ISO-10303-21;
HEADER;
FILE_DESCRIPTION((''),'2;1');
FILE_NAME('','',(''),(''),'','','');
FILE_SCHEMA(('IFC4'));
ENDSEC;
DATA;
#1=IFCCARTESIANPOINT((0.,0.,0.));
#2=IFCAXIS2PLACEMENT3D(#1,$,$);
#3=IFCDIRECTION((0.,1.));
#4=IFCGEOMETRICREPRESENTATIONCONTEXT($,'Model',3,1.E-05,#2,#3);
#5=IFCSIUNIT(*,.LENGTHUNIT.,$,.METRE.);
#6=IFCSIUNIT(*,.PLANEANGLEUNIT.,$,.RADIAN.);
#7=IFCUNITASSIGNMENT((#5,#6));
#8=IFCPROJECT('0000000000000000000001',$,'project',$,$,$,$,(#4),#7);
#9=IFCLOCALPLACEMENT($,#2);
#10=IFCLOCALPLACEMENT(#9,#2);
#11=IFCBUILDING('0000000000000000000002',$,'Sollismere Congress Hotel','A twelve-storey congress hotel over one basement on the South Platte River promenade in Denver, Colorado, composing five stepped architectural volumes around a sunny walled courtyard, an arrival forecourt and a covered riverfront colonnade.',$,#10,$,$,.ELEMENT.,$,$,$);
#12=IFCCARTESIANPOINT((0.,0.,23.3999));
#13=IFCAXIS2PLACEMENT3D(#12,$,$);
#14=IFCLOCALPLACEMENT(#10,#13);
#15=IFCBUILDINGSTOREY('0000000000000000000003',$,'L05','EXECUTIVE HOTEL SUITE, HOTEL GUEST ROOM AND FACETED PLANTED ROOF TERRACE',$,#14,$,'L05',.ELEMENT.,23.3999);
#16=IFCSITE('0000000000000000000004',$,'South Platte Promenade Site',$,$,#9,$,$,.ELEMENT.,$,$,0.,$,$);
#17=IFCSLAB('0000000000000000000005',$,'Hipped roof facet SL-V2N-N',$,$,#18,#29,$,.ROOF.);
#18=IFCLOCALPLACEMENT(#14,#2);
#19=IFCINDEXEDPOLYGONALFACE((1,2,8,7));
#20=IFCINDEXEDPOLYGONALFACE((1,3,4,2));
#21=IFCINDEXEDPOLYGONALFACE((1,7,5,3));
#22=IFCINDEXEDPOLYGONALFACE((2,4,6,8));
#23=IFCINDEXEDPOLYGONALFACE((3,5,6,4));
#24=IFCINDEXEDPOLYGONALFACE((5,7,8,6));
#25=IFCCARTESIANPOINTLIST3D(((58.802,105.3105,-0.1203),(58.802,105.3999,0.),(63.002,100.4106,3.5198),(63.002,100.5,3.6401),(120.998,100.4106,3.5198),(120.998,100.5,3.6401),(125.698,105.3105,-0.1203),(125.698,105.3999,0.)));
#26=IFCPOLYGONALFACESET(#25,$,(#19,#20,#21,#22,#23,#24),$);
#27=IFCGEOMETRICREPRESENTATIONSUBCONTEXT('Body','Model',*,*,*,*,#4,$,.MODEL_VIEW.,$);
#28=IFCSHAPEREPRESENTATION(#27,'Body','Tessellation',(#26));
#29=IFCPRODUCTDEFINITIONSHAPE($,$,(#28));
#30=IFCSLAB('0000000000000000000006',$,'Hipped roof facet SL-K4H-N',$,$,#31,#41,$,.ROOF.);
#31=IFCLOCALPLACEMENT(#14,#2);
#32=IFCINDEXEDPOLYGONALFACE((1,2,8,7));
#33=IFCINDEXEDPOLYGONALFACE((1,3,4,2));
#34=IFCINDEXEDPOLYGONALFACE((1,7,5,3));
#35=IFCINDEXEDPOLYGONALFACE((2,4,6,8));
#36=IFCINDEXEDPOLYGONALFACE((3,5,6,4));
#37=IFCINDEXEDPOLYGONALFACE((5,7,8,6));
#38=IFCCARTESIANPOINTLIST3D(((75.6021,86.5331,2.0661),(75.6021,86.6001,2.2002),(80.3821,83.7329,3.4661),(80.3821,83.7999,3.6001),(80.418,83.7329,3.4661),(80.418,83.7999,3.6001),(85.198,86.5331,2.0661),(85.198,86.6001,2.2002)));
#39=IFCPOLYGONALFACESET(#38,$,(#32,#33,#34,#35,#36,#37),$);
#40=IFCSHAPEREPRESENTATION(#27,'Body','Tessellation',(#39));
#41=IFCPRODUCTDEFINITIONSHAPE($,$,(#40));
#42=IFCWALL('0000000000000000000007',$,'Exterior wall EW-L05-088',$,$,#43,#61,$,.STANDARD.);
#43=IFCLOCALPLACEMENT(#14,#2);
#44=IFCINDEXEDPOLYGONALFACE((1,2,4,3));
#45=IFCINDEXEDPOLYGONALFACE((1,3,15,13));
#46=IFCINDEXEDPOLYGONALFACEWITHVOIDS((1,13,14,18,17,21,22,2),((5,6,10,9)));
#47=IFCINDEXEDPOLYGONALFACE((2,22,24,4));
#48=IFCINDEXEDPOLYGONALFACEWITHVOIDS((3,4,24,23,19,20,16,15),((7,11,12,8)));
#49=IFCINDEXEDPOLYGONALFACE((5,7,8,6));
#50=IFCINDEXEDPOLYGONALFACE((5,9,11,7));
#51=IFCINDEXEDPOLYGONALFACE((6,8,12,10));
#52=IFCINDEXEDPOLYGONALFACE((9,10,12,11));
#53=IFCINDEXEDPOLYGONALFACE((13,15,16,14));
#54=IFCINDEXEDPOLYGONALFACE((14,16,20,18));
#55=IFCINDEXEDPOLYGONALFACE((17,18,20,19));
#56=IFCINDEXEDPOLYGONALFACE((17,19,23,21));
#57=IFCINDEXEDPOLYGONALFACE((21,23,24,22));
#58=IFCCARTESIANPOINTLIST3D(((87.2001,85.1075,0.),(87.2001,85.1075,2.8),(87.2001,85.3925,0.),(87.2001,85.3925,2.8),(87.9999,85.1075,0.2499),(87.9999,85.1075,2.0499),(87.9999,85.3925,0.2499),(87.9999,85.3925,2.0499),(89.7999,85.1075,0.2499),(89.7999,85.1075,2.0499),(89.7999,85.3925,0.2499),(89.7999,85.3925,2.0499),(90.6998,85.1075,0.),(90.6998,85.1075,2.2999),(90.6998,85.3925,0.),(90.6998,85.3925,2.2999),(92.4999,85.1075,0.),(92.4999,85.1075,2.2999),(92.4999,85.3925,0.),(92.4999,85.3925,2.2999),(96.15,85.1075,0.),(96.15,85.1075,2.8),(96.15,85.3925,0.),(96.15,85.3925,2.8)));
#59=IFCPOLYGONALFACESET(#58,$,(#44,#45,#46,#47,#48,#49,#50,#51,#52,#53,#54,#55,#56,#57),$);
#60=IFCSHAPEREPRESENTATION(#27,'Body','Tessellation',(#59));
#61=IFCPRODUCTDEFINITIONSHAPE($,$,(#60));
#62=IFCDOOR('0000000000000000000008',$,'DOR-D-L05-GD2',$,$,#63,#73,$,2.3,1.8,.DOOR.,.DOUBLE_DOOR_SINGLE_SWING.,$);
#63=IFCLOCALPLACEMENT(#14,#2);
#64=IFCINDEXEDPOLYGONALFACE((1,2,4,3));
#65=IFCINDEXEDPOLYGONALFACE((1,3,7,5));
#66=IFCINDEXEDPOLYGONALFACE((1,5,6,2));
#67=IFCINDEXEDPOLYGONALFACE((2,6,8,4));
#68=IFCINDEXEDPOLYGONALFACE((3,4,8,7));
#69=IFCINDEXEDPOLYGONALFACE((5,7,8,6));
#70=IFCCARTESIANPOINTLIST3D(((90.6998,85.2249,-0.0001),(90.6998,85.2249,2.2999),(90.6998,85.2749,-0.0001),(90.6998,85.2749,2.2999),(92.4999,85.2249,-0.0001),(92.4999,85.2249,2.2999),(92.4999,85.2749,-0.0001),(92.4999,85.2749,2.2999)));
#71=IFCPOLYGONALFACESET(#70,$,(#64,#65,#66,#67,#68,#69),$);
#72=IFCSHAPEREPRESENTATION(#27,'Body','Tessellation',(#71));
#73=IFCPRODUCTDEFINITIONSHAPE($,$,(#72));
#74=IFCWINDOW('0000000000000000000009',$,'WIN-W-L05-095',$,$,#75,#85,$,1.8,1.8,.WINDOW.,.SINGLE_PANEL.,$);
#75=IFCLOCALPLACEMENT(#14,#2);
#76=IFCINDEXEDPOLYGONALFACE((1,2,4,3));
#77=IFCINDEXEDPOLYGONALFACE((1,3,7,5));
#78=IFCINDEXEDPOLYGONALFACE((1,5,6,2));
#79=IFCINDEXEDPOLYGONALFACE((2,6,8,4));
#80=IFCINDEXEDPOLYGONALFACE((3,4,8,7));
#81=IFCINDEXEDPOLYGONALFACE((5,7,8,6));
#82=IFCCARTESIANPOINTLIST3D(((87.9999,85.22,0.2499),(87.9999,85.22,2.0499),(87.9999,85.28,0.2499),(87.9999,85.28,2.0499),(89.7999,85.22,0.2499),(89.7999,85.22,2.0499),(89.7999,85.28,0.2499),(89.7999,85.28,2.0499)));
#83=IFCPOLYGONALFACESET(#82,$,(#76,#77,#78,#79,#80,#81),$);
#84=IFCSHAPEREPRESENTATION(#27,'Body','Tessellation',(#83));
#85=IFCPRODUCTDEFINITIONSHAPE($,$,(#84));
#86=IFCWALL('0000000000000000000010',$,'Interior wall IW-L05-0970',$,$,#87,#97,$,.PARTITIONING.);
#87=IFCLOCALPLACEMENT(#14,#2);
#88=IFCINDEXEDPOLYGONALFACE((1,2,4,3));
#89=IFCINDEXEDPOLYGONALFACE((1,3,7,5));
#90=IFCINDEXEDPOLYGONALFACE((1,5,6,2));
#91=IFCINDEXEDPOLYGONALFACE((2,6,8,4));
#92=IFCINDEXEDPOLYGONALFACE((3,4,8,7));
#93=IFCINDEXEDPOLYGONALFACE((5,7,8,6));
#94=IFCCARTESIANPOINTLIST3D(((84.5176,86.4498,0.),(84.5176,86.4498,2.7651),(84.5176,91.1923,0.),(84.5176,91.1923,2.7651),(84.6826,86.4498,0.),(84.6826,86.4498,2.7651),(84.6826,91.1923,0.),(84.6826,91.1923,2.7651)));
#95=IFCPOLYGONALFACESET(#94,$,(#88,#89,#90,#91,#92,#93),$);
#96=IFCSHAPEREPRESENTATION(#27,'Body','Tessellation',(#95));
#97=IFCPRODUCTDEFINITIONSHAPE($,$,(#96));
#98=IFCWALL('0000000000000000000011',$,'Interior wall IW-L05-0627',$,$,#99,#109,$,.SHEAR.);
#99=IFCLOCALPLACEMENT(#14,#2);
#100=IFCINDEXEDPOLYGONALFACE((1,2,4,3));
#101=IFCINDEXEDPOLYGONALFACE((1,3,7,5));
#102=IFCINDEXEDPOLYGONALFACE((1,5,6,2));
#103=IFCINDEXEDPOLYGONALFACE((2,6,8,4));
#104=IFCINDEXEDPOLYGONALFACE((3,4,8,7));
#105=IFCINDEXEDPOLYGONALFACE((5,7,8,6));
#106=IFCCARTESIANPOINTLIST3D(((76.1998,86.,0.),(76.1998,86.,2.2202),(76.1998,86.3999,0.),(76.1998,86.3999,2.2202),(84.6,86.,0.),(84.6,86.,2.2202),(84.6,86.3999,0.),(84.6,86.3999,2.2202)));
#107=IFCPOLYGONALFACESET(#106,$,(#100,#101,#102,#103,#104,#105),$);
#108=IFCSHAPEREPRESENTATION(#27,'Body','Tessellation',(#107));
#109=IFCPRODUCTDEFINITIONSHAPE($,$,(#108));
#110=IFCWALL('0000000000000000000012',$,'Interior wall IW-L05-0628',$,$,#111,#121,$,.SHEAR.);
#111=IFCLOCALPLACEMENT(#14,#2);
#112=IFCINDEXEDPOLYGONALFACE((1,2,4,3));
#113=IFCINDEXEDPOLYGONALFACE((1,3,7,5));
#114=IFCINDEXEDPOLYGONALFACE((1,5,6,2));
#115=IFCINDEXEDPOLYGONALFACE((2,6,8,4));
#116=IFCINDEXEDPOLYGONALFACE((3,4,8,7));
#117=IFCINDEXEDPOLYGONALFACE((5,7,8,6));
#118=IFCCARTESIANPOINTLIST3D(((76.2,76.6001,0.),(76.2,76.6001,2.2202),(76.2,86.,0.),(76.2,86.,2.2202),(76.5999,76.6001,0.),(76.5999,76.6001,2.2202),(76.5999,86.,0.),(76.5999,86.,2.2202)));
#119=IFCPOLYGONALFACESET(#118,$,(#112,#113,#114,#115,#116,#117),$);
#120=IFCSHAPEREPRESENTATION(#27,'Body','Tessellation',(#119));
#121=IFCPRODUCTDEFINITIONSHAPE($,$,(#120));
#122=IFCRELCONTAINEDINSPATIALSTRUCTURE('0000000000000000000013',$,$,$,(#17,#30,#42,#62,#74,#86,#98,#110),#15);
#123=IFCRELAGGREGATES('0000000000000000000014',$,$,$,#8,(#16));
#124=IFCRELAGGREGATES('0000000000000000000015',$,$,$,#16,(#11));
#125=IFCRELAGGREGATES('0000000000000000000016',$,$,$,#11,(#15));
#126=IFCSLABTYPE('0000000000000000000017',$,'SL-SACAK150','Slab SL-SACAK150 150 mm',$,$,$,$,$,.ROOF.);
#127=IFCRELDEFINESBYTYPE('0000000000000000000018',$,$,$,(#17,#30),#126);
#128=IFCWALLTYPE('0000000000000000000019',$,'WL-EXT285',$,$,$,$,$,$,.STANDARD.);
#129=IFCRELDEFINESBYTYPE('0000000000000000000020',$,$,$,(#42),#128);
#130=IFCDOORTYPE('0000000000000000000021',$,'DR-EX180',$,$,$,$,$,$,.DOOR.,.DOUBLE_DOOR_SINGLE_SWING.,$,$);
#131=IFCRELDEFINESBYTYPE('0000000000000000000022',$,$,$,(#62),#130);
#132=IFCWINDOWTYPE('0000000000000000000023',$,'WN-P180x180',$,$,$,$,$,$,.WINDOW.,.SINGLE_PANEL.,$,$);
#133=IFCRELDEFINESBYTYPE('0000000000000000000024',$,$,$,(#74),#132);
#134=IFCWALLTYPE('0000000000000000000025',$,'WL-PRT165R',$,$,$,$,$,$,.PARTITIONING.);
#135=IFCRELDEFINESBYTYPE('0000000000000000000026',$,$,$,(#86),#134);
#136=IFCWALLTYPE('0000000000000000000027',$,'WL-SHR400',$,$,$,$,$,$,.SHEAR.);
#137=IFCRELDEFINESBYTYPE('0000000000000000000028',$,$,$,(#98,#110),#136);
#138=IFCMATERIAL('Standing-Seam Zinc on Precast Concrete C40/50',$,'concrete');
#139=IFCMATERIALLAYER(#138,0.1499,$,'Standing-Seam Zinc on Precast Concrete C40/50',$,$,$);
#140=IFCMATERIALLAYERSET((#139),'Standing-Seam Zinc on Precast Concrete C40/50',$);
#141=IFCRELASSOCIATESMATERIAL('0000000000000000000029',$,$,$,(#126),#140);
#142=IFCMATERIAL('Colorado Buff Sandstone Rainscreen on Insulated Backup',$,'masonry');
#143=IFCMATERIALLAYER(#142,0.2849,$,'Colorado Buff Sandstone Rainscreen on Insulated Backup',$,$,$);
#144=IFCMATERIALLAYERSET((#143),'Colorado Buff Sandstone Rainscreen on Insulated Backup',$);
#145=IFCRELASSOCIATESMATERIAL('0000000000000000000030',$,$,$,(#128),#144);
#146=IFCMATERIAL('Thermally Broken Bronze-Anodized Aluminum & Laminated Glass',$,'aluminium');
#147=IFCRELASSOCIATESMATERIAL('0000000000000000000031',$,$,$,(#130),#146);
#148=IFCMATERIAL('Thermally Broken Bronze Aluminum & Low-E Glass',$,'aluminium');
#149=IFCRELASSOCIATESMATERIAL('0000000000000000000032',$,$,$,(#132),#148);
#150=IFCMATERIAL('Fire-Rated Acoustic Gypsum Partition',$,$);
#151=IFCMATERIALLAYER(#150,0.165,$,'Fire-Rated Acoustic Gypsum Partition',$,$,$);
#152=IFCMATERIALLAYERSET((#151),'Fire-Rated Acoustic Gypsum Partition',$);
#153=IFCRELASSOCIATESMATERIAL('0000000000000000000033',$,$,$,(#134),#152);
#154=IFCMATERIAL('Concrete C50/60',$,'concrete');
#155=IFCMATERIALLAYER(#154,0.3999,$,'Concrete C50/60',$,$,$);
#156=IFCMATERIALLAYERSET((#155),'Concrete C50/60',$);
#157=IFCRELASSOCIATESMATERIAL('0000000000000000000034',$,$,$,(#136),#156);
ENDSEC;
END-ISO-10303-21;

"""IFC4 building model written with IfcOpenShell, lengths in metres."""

from ifc_helpers import new_model, si_unit, direction, frame, frame_2d, origin, place, context, subcontext, project, spatial, polyline, rectangle, outline, extrude, material, layer, layer_set, type_object, element, fill, save


model = new_model("IFC4")

# Units and contexts
model_context = context("Model", 3, precision=1e-05, world=origin(), true_north=direction((0.0, 1.0)))
body_context = subcontext(model_context, "Body", "Model", "MODEL_VIEW")
ifc_project = project(units=[si_unit("LENGTHUNIT", "METRE"), si_unit("PLANEANGLEUNIT", "RADIAN")], contexts=[model_context])

# Site, building, storey
site_placement = place(None, origin())
site = spatial("IfcSite", under=ifc_project, at=site_placement, Name="South Platte Promenade Site", CompositionType="ELEMENT", RefElevation=0.0)
building_placement = place(site_placement, origin())
building = spatial("IfcBuilding", under=site, at=building_placement, Name="Sollismere Congress Hotel", Description="A twelve-storey congress hotel over one basement on the South Platte River promenade in Denver, Colorado, composing five stepped architectural volumes around a sunny walled courtyard, an arrival forecourt and a covered riverfront colonnade.", CompositionType="ELEMENT")
storey_placement = place(building_placement, frame((0.0, 0.0, 23.3999)))
storey = spatial("IfcBuildingStorey", under=building, at=storey_placement, Name="L05", Description="EXECUTIVE HOTEL SUITE, HOTEL GUEST ROOM AND FACETED PLANTED ROOF TERRACE", LongName="L05", CompositionType="ELEMENT", Elevation=23.3999)

# Slabs
ifc_material_1 = material(Name="Standing-Seam Zinc on Precast Concrete C40/50", Category="concrete")
ifc_layer_1 = layer(ifc_material_1, 0.1499, Name="Standing-Seam Zinc on Precast Concrete C40/50")
ifc_layer_set_1 = layer_set([ifc_layer_1], Name="Standing-Seam Zinc on Precast Concrete C40/50")
slab_type_1 = type_object("IfcSlabType", Name="SL-SACAK150", Description="Slab SL-SACAK150 150 mm", PredefinedType="ROOF", material=ifc_layer_set_1)
slab_1_placement = place(storey_placement, frame((63.002, 100.4106, 3.5198), z_axis=(0.0, 0.596346, 0.802727), x_axis=(1.0, 0.0, 0.0)))
element("IfcSlab", 1, at=slab_1_placement, inside=storey, type_object=slab_type_1, Name="Hipped roof facet SL-V2N-N", PredefinedType="ROOF", context=body_context, shape_type="SweptSolid", body=[
    extrude(outline(polyline([(0.0, 0.0), (57.9961, 0.0), (62.696, 6.104), (-4.2, 6.104), (0.0, 0.0)])), origin(), (0.0, 0.0, 1.0), 0.1499),
])
slab_2_placement = place(storey_placement, frame((80.3821, 83.7329, 3.4661), z_axis=(0.0, 0.447182, 0.894443), x_axis=(1.0, 0.0, 0.0)))
element("IfcSlab", 2, at=slab_2_placement, inside=storey, type_object=slab_type_1, Name="Hipped roof facet SL-K4H-N", PredefinedType="ROOF", context=body_context, shape_type="SweptSolid", body=[
    extrude(outline(polyline([(0.0, 0.0), (0.0359, 0.0), (4.8159, 3.1306), (-4.78, 3.1306), (0.0, 0.0)])), origin(), (0.0, 0.0, 1.0), 0.1499),
])

# Wall, openings, door, window
ifc_material_2 = material(Name="Colorado Buff Sandstone Rainscreen on Insulated Backup", Category="masonry")
ifc_layer_2 = layer(ifc_material_2, 0.2849, Name="Colorado Buff Sandstone Rainscreen on Insulated Backup")
ifc_layer_set_2 = layer_set([ifc_layer_2], Name="Colorado Buff Sandstone Rainscreen on Insulated Backup")
wall_type_1 = type_object("IfcWallType", Name="WL-EXT285", PredefinedType="STANDARD", material=ifc_layer_set_2)
wall_1_placement = place(storey_placement, frame((87.2, 85.25, 0.0), z_axis=(0.0, 0.0, 1.0), x_axis=(1.0, 0.0, 0.0)))
wall_1 = element("IfcWall", 3, at=wall_1_placement, inside=storey, type_object=wall_type_1, Name="Exterior wall EW-L05-088", PredefinedType="STANDARD", context=body_context, shape_type="SweptSolid", body=[
    extrude(rectangle(XDim=8.95, YDim=0.2849, at=frame_2d((4.4751, 0.0))), origin(), (0.0, 0.0, 1.0), 2.8),
])
opening_1_placement = place(wall_1_placement, frame((3.5, 0.0, 0.0)))
opening_1 = element("IfcOpeningElement", 4, at=opening_1_placement, cuts=wall_1, PredefinedType="OPENING", context=body_context, shape_type="SweptSolid", body=[
    extrude(rectangle(XDim=1.8, YDim=2.3, at=frame_2d((0.8999, 1.1499))), frame((0.0, 0.1523, 0.0), z_axis=(0.0, -1.0, 0.0), x_axis=(1.0, 0.0, 0.0)), (0.0, 0.0, 1.0), 0.3049),
])
opening_2_placement = place(wall_1_placement, frame((0.8, 0.0, 0.25)))
opening_2 = element("IfcOpeningElement", 5, at=opening_2_placement, cuts=wall_1, PredefinedType="OPENING", context=body_context, shape_type="SweptSolid", body=[
    extrude(rectangle(XDim=1.8, YDim=1.8, at=frame_2d((0.8999, 0.8999))), frame((0.0, 0.1523, 0.0), z_axis=(0.0, -1.0, 0.0), x_axis=(1.0, 0.0, 0.0)), (0.0, 0.0, 1.0), 0.3049),
])
ifc_material_3 = material(Name="Thermally Broken Bronze-Anodized Aluminum & Laminated Glass", Category="aluminium")
door_type = type_object("IfcDoorType", Name="DR-EX180", OperationType="DOUBLE_DOOR_SINGLE_SWING", PredefinedType="DOOR", material=ifc_material_3)
door_placement = place(opening_1_placement, origin())
door = element("IfcDoor", 6, at=door_placement, inside=storey, type_object=door_type, Name="DOR-D-L05-GD2", OperationType="DOUBLE_DOOR_SINGLE_SWING", OverallHeight=2.3, OverallWidth=1.8, PredefinedType="DOOR", context=body_context, shape_type="SweptSolid", body=[
    extrude(rectangle(XDim=1.8, YDim=2.3, at=frame_2d((0.8999, 1.1499))), frame((0.0, 0.0249, 0.0), z_axis=(0.0, -1.0, 0.0), x_axis=(1.0, 0.0, 0.0)), (0.0, 0.0, 1.0), 0.05),
])
fill(opening_1, door)
ifc_material_4 = material(Name="Thermally Broken Bronze Aluminum & Low-E Glass", Category="aluminium")
window_type = type_object("IfcWindowType", Name="WN-P180x180", PartitioningType="SINGLE_PANEL", PredefinedType="WINDOW", material=ifc_material_4)
window_placement = place(opening_2_placement, origin())
window = element("IfcWindow", 7, at=window_placement, inside=storey, type_object=window_type, Name="WIN-W-L05-095", OverallHeight=1.8, OverallWidth=1.8, PartitioningType="SINGLE_PANEL", PredefinedType="WINDOW", context=body_context, shape_type="SweptSolid", body=[
    extrude(rectangle(XDim=1.8, YDim=1.8, at=frame_2d((0.8999, 0.8999))), frame((0.0, 0.03, 0.0), z_axis=(0.0, -1.0, 0.0), x_axis=(1.0, 0.0, 0.0)), (0.0, 0.0, 1.0), 0.0601),
])
fill(opening_2, window)

# Walls
ifc_material_5 = material(Name="Fire-Rated Acoustic Gypsum Partition")
ifc_layer_3 = layer(ifc_material_5, 0.165, Name="Fire-Rated Acoustic Gypsum Partition")
ifc_layer_set_3 = layer_set([ifc_layer_3], Name="Fire-Rated Acoustic Gypsum Partition")
wall_type_2 = type_object("IfcWallType", Name="WL-PRT165R", PredefinedType="PARTITIONING", material=ifc_layer_set_3)
wall_2_placement = place(storey_placement, frame((84.6001, 86.45, 0.0), z_axis=(0.0, 0.0, 1.0), x_axis=(0.0, 1.0, 0.0)))
element("IfcWall", 8, at=wall_2_placement, inside=storey, type_object=wall_type_2, Name="Interior wall IW-L05-0970", PredefinedType="PARTITIONING", context=body_context, shape_type="SweptSolid", body=[
    extrude(rectangle(XDim=4.7424, YDim=0.165, at=frame_2d((2.3711, 0.0))), origin(), (0.0, 0.0, 1.0), 2.7651),
])
ifc_material_6 = material(Name="Concrete C50/60", Category="concrete")
ifc_layer_4 = layer(ifc_material_6, 0.3999, Name="Concrete C50/60")
ifc_layer_set_4 = layer_set([ifc_layer_4], Name="Concrete C50/60")
wall_type_3 = type_object("IfcWallType", Name="WL-SHR400", PredefinedType="SHEAR", material=ifc_layer_set_4)
wall_3_placement = place(storey_placement, frame((84.6001, 86.2, 0.0), z_axis=(0.0, 0.0, 1.0), x_axis=(-1.0, 0.0, 0.0)))
element("IfcWall", 9, at=wall_3_placement, inside=storey, type_object=wall_type_3, Name="Interior wall IW-L05-0627", PredefinedType="SHEAR", context=body_context, shape_type="SweptSolid", body=[
    extrude(rectangle(XDim=8.4001, YDim=0.3999, at=frame_2d((4.2002, 0.0))), origin(), (0.0, 0.0, 1.0), 2.2202),
])
wall_4_placement = place(storey_placement, frame((76.3999, 86.0, 0.0), z_axis=(0.0, 0.0, 1.0), x_axis=(0.0, -1.0, 0.0)))
element("IfcWall", 10, at=wall_4_placement, inside=storey, type_object=wall_type_3, Name="Interior wall IW-L05-0628", PredefinedType="SHEAR", context=body_context, shape_type="SweptSolid", body=[
    extrude(rectangle(XDim=9.3999, YDim=0.3999, at=frame_2d((4.7, 0.0))), origin(), (0.0, 0.0, 1.0), 2.2202),
])

save(model, "model.ifc")
